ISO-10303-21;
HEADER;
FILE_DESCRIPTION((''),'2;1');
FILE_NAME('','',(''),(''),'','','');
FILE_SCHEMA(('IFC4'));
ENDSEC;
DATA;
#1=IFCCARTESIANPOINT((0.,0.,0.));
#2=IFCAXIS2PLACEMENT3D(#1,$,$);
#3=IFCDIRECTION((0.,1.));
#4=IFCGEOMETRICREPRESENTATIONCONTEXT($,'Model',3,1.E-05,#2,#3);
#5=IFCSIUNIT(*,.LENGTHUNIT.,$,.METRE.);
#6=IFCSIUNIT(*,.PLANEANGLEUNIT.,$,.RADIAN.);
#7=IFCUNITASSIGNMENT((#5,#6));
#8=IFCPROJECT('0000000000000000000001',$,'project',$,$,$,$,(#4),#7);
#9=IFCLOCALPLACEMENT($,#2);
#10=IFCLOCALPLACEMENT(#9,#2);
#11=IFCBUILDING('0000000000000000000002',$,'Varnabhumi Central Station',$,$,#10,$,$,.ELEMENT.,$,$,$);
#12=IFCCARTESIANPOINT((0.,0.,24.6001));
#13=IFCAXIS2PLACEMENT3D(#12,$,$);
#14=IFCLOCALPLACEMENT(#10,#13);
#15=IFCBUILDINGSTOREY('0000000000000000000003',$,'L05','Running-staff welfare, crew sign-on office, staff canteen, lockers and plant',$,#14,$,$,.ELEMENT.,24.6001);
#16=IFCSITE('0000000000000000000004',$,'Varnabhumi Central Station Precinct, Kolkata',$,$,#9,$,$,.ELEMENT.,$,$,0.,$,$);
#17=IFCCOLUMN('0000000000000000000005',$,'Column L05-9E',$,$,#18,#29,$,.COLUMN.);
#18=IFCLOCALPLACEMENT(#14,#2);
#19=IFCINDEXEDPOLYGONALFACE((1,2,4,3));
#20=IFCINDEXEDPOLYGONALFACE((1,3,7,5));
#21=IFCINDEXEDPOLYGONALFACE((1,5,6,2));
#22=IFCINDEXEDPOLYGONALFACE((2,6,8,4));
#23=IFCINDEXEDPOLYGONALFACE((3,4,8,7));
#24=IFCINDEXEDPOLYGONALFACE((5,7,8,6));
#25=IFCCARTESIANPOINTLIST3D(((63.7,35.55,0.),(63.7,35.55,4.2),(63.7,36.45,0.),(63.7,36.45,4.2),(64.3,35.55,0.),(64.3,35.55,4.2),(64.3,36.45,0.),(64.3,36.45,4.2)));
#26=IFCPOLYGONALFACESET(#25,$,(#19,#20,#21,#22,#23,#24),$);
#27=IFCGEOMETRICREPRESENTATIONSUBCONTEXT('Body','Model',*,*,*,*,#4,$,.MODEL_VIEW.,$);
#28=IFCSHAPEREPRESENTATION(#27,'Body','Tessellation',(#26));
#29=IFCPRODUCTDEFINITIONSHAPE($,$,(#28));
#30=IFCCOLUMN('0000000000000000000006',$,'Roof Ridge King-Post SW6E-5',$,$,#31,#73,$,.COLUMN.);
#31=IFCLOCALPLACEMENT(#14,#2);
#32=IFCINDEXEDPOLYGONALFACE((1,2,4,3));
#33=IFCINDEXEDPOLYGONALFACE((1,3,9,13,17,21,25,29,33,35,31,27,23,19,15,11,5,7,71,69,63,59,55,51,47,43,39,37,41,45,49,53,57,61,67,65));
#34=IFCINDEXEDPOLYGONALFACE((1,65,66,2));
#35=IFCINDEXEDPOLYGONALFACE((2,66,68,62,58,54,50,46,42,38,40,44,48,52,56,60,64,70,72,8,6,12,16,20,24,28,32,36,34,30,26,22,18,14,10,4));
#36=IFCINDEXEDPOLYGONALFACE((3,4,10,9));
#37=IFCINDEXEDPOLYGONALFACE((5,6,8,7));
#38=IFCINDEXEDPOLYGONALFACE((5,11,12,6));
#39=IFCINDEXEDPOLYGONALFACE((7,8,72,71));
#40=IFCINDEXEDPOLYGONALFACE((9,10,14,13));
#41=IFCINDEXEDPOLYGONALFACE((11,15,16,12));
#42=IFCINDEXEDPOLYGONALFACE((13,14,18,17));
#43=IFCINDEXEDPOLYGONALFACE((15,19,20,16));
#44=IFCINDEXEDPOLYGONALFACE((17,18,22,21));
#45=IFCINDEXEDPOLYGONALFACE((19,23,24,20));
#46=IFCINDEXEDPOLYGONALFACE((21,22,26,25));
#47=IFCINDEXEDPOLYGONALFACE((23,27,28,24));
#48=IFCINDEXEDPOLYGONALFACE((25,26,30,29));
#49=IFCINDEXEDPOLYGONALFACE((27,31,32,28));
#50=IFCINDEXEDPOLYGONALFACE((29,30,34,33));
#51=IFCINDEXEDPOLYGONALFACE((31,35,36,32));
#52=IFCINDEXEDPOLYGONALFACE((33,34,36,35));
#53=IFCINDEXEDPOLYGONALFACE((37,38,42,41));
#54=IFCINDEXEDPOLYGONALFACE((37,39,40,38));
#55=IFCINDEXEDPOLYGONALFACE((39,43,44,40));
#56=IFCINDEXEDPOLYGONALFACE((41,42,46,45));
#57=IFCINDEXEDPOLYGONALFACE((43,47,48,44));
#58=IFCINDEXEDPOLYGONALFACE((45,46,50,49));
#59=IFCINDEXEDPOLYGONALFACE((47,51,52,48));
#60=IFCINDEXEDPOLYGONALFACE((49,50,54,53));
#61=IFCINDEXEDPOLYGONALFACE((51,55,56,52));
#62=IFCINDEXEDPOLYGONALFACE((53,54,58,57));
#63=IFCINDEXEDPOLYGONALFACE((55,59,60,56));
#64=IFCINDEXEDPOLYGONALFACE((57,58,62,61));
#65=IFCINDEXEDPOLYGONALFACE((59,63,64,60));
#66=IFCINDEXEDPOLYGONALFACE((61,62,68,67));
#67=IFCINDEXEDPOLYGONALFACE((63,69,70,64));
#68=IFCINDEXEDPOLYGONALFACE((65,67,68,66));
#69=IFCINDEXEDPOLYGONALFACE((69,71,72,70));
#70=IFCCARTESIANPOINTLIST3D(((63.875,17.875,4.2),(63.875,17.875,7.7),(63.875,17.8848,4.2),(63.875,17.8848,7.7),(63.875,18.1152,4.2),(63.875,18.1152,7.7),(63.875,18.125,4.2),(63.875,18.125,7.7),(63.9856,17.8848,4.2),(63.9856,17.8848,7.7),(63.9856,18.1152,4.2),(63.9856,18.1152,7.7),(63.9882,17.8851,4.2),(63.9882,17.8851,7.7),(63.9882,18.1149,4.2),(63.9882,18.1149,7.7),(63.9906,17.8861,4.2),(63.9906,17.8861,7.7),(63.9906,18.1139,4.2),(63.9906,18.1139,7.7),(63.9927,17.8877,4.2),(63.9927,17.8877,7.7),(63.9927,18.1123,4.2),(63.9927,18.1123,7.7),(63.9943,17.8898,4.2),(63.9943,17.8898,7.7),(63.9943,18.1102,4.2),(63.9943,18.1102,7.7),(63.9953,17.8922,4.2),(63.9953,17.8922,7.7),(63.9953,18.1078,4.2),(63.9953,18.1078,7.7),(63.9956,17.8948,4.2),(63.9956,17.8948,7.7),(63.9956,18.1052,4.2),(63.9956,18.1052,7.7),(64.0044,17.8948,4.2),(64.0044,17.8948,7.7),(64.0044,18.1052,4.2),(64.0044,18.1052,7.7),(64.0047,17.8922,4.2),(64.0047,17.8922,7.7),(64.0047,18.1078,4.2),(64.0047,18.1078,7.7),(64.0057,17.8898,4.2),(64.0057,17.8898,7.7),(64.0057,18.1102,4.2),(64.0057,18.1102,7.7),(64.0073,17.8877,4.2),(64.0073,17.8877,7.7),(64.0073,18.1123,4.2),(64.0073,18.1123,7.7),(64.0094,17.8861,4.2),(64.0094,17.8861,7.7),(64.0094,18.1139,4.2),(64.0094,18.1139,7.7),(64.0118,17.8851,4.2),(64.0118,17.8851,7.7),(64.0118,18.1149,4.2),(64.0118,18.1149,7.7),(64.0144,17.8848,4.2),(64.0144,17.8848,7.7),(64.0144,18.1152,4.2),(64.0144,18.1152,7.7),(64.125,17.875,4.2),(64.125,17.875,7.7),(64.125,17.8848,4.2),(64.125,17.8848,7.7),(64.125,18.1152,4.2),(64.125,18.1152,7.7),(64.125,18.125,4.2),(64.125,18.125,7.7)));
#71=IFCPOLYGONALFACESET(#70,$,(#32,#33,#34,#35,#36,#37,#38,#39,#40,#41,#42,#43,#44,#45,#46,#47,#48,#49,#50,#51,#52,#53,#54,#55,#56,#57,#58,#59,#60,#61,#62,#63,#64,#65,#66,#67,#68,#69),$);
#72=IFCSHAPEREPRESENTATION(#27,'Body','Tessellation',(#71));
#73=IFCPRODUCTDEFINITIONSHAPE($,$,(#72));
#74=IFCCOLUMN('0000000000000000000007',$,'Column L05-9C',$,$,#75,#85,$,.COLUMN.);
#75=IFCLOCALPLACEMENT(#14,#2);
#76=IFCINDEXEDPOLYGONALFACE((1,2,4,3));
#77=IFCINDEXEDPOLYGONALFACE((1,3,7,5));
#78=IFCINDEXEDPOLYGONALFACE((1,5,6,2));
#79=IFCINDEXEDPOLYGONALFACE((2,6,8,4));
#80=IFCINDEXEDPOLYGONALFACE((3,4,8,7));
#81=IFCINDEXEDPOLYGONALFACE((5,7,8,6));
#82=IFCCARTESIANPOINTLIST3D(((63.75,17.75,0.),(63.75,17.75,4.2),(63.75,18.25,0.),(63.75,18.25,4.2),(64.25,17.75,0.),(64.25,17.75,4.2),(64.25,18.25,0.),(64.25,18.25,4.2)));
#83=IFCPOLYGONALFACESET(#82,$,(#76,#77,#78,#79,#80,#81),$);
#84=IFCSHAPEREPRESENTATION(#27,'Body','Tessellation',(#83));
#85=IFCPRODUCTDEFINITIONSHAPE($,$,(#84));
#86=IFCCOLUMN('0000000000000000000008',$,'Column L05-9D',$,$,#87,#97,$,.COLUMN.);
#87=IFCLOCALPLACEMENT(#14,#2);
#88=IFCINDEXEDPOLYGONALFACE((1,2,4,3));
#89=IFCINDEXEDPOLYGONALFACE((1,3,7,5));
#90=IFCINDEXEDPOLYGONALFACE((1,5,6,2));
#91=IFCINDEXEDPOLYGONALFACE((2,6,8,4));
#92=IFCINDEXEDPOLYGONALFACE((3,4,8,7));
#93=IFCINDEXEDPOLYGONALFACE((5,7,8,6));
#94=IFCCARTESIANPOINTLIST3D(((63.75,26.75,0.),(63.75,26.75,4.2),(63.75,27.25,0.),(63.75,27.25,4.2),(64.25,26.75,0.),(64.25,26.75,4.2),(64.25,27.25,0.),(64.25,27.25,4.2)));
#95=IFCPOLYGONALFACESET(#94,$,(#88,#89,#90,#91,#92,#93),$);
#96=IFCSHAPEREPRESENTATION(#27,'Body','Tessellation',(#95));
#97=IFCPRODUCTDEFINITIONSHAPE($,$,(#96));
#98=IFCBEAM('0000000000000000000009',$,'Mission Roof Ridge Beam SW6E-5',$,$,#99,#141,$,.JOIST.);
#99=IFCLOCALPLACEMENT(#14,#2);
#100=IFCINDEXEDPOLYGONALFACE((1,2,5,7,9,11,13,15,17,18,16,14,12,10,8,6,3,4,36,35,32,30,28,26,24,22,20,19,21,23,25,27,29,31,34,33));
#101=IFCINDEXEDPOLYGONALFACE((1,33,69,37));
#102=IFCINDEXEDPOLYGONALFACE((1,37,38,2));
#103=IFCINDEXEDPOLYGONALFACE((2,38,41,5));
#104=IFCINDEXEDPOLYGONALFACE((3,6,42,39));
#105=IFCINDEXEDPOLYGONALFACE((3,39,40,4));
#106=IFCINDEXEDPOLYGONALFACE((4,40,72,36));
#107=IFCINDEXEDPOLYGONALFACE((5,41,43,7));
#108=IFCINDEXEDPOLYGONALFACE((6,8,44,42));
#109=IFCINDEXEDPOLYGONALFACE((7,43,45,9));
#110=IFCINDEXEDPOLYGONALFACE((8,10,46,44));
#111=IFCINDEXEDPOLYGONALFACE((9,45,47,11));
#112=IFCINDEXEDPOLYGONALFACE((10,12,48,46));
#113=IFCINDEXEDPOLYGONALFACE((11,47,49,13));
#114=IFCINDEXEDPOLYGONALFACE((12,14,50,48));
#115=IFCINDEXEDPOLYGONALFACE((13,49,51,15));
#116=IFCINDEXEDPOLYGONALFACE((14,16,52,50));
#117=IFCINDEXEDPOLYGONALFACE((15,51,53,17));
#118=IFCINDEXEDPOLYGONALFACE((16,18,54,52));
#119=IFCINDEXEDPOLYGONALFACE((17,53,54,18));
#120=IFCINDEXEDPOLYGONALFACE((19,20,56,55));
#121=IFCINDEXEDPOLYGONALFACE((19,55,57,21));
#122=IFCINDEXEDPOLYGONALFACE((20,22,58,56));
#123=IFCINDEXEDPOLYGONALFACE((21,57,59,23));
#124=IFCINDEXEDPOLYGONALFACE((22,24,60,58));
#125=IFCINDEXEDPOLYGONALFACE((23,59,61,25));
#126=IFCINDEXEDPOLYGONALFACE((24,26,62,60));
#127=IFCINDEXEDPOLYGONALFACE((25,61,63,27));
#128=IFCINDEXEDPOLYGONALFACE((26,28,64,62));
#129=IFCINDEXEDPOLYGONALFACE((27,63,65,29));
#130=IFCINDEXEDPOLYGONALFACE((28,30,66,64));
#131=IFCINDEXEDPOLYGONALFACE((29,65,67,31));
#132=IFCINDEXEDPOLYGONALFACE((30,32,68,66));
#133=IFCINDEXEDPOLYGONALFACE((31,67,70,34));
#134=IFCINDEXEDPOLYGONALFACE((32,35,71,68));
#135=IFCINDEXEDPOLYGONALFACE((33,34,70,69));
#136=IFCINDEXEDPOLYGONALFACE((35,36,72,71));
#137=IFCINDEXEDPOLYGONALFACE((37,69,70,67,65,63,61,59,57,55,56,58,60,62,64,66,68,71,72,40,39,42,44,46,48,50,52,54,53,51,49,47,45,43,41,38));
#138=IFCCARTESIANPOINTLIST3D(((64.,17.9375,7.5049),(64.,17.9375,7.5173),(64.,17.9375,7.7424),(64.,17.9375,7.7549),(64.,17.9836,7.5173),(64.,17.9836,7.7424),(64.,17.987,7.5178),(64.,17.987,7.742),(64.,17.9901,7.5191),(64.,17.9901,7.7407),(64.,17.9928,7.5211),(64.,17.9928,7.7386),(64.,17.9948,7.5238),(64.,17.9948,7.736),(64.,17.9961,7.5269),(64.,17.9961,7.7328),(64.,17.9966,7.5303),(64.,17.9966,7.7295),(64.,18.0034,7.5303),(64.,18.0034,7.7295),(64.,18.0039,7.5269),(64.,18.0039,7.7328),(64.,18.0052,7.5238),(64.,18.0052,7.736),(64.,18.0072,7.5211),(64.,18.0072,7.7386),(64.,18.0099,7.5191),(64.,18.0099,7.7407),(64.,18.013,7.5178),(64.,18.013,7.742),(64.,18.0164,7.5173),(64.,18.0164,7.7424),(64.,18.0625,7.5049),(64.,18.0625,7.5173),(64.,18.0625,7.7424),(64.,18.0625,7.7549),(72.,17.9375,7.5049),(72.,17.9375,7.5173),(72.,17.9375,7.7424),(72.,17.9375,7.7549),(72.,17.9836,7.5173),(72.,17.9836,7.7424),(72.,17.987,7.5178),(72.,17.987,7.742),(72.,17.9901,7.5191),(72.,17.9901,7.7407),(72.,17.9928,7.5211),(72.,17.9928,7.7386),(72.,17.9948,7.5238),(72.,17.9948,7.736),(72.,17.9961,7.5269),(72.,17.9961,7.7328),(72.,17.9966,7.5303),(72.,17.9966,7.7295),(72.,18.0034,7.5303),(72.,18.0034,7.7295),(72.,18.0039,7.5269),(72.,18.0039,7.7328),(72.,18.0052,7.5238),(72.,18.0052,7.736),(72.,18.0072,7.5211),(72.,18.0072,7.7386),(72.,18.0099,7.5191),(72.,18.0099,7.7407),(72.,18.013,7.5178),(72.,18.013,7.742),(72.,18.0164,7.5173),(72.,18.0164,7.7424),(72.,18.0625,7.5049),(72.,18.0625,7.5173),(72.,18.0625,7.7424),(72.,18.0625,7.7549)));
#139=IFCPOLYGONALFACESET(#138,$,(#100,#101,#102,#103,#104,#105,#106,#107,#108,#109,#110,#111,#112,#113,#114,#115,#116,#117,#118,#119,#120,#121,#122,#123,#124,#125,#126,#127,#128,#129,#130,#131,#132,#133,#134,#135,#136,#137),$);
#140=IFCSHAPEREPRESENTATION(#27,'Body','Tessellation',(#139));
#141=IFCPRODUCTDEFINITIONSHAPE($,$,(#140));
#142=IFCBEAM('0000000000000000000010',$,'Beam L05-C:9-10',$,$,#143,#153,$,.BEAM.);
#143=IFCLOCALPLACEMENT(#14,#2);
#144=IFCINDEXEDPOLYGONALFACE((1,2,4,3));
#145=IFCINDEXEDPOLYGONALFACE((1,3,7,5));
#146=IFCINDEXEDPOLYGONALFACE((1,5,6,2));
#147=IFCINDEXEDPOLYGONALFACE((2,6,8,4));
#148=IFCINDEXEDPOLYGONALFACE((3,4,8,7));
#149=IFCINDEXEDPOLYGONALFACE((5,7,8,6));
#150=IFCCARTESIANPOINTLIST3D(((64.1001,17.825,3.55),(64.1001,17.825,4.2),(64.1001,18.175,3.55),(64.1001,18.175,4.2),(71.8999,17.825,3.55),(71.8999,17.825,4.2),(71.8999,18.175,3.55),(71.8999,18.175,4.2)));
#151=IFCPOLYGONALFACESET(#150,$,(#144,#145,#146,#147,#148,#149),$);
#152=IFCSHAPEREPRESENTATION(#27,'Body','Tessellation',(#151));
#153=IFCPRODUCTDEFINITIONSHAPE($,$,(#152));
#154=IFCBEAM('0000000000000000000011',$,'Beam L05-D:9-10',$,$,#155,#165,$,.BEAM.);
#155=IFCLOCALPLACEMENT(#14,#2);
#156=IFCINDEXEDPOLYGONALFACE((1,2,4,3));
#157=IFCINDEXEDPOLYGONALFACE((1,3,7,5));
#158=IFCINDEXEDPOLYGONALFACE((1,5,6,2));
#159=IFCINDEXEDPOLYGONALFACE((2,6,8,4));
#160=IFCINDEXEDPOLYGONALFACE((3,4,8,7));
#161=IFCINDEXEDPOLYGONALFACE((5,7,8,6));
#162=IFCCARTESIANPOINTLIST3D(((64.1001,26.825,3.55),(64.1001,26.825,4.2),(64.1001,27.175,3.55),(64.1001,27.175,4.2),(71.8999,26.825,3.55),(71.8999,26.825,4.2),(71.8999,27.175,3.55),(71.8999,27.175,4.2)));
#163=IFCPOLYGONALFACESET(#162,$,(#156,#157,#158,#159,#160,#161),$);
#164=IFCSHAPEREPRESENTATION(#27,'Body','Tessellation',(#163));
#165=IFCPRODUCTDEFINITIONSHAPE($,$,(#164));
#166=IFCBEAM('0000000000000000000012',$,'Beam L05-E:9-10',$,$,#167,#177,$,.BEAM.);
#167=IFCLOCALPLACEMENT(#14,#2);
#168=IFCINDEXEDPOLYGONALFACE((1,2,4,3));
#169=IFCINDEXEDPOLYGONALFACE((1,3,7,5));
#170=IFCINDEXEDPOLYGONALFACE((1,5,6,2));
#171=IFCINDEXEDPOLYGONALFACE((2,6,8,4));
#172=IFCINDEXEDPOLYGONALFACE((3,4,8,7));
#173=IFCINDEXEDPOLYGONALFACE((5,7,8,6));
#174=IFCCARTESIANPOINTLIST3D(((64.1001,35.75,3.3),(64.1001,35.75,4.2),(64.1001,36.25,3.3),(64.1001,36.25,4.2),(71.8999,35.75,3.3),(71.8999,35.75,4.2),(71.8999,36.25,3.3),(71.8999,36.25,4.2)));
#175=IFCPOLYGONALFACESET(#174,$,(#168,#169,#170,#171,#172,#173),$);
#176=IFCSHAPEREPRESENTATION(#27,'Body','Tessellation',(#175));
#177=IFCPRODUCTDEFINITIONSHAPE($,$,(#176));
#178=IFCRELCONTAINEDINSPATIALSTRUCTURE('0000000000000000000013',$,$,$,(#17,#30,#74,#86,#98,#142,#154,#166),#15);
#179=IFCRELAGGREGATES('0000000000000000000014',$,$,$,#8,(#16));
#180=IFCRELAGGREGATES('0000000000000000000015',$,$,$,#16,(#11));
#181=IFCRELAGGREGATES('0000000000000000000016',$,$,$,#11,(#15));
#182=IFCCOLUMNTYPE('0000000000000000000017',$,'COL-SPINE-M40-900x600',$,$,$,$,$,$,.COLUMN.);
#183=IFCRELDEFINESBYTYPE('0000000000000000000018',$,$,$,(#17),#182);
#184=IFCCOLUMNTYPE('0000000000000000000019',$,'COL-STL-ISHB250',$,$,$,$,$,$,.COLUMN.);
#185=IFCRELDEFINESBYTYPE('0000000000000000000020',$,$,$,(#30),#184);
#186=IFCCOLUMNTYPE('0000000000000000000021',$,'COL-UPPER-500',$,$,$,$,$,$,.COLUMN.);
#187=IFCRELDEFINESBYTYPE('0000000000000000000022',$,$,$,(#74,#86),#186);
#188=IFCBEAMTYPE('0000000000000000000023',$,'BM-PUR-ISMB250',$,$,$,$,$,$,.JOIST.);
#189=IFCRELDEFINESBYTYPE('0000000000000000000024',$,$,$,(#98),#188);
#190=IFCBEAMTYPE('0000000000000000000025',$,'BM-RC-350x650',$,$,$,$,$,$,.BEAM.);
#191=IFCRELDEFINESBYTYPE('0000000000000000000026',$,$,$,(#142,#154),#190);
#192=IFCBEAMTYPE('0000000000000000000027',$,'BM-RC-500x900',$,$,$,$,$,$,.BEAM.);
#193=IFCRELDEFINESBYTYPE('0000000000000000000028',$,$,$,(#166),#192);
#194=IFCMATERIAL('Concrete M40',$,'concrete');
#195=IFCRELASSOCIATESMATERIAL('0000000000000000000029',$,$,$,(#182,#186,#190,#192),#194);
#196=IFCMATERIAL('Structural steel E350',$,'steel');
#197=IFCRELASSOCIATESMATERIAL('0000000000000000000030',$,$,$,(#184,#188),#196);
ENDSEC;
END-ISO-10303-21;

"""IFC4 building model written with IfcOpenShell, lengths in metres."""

from ifc_helpers import new_model, si_unit, direction, frame, origin, origin_2d, place, context, subcontext, project, spatial, rectangle, i_section, extrude, material, material_profile, profile_set, type_object, element, save


model = new_model("IFC4")

# Units and contexts
model_context = context("Model", 3, precision=1e-05, world=origin(), true_north=direction((0.0, 1.0)))
body_context = subcontext(model_context, "Body", "Model", "MODEL_VIEW")
ifc_project = project(units=[si_unit("LENGTHUNIT", "METRE"), si_unit("PLANEANGLEUNIT", "RADIAN")], contexts=[model_context])

# Site, building, storey
site_placement = place(None, origin())
site = spatial("IfcSite", under=ifc_project, at=site_placement, Name="Varnabhumi Central Station Precinct, Kolkata", CompositionType="ELEMENT", RefElevation=0.0)
building_placement = place(site_placement, origin())
building = spatial("IfcBuilding", under=site, at=building_placement, Name="Varnabhumi Central Station", CompositionType="ELEMENT")
storey_placement = place(building_placement, frame((0.0, 0.0, 24.6001)))
storey = spatial("IfcBuildingStorey", under=building, at=storey_placement, Name="L05", Description="Running-staff welfare, crew sign-on office, staff canteen, lockers and plant", CompositionType="ELEMENT", Elevation=24.6001)

# Columns
ifc_material_1 = material(Name="Concrete M40", Category="concrete")
ifc_material_profile_1 = material_profile(ifc_material_1, rectangle(XDim=0.6001, YDim=0.8999, at=origin_2d()), Name="Concrete M40", Category="concrete")
ifc_profile_set_1 = profile_set([ifc_material_profile_1], Name="Concrete M40")
column_type_1 = type_object("IfcColumnType", Name="COL-SPINE-M40-900x600", PredefinedType="COLUMN", material=ifc_profile_set_1)
column_1_placement = place(storey_placement, frame((64.0, 36.0, 0.0), z_axis=(0.0, 0.0, 1.0), x_axis=(1.0, 0.0, 0.0)))
element("IfcColumn", 1, at=column_1_placement, inside=storey, type_object=column_type_1, Name="Column L05-9E", PredefinedType="COLUMN", context=body_context, shape_type="SweptSolid", body=[
    extrude(rectangle(XDim=0.6001, YDim=0.8999, at=origin_2d()), origin(), (0.0, 0.0, 1.0), 4.2),
])
ifc_material_2 = material(Name="Structural steel E350", Category="steel")
ifc_material_profile_2 = material_profile(ifc_material_2, i_section(OverallWidth=0.25, OverallDepth=0.25, WebThickness=0.0088, FlangeThickness=0.0098, FilletRadius=0.01, at=origin_2d()), Name="Structural steel E350", Category="steel")
ifc_profile_set_2 = profile_set([ifc_material_profile_2], Name="Structural steel E350")
column_type_2 = type_object("IfcColumnType", Name="COL-STL-ISHB250", PredefinedType="COLUMN", material=ifc_profile_set_2)
column_2_placement = place(storey_placement, frame((64.0, 18.0, 4.2), z_axis=(0.0, 0.0, 1.0), x_axis=(1.0, 0.0, 0.0)))
element("IfcColumn", 2, at=column_2_placement, inside=storey, type_object=column_type_2, Name="Roof Ridge King-Post SW6E-5", PredefinedType="COLUMN", context=body_context, shape_type="SweptSolid", body=[
    extrude(i_section(OverallWidth=0.25, OverallDepth=0.25, WebThickness=0.0088, FlangeThickness=0.0098, FilletRadius=0.01, at=origin_2d()), origin(), (0.0, 0.0, 1.0), 3.5),
])
ifc_material_profile_3 = material_profile(ifc_material_1, rectangle(XDim=0.5, YDim=0.5, at=origin_2d()), Name="Concrete M40", Category="concrete")
ifc_profile_set_3 = profile_set([ifc_material_profile_3], Name="Concrete M40")
column_type_3 = type_object("IfcColumnType", Name="COL-UPPER-500", PredefinedType="COLUMN", material=ifc_profile_set_3)
for number, where, z_axis, x_axis, name in (
    (3, (64.0, 18.0, 0.0), (0.0, 0.0, 1.0), (1.0, 0.0, 0.0), "Column L05-9C"),
    (4, (64.0, 27.0, 0.0), (0.0, 0.0, 1.0), (1.0, 0.0, 0.0), "Column L05-9D"),
):
    element("IfcColumn", number, at=place(storey_placement, frame(where, z_axis=z_axis, x_axis=x_axis)), inside=storey, type_object=column_type_3, Name=name, PredefinedType="COLUMN", context=body_context, shape_type="SweptSolid", body=[
        extrude(rectangle(XDim=0.5, YDim=0.5, at=origin_2d()), origin(), (0.0, 0.0, 1.0), 4.2),
    ])

# Beams
ifc_material_profile_4 = material_profile(ifc_material_2, i_section(OverallWidth=0.125, OverallDepth=0.25, WebThickness=0.0068, FlangeThickness=0.0125, FilletRadius=0.0129, at=origin_2d()), Name="Structural steel E350", Category="steel")
ifc_profile_set_4 = profile_set([ifc_material_profile_4], Name="Structural steel E350")
beam_type_1 = type_object("IfcBeamType", Name="BM-PUR-ISMB250", PredefinedType="JOIST", material=ifc_profile_set_4)
beam_1_placement = place(storey_placement, frame((64.0, 18.0, 7.6299), z_axis=(1.0, 0.0, 0.0), x_axis=(0.0, 1.0, 0.0)))
element("IfcBeam", 5, at=beam_1_placement, inside=storey, type_object=beam_type_1, Name="Mission Roof Ridge Beam SW6E-5", PredefinedType="JOIST", context=body_context, shape_type="SweptSolid", body=[
    extrude(i_section(OverallWidth=0.125, OverallDepth=0.25, WebThickness=0.0068, FlangeThickness=0.0125, FilletRadius=0.0129, at=origin_2d()), origin(), (0.0, 0.0, 1.0), 8.0),
])
ifc_material_profile_5 = material_profile(ifc_material_1, rectangle(XDim=0.3501, YDim=0.6499, at=origin_2d()), Name="Concrete M40", Category="concrete")
ifc_profile_set_5 = profile_set([ifc_material_profile_5], Name="Concrete M40")
beam_type_2 = type_object("IfcBeamType", Name="BM-RC-350x650", PredefinedType="BEAM", material=ifc_profile_set_5)
for number, where, z_axis, x_axis, name in (
    (6, (64.1001, 18.0, 3.875), (1.0, 0.0, 0.0), (0.0, 1.0, 0.0), "Beam L05-C:9-10"),
    (7, (64.1001, 27.0, 3.875), (1.0, 0.0, 0.0), (0.0, 1.0, 0.0), "Beam L05-D:9-10"),
):
    element("IfcBeam", number, at=place(storey_placement, frame(where, z_axis=z_axis, x_axis=x_axis)), inside=storey, type_object=beam_type_2, Name=name, PredefinedType="BEAM", context=body_context, shape_type="SweptSolid", body=[
        extrude(rectangle(XDim=0.3501, YDim=0.6499, at=origin_2d()), origin(), (0.0, 0.0, 1.0), 7.7998),
    ])
ifc_material_profile_6 = material_profile(ifc_material_1, rectangle(XDim=0.5, YDim=0.8999, at=origin_2d()), Name="Concrete M40", Category="concrete")
ifc_profile_set_6 = profile_set([ifc_material_profile_6], Name="Concrete M40")
beam_type_3 = type_object("IfcBeamType", Name="BM-RC-500x900", PredefinedType="BEAM", material=ifc_profile_set_6)
beam_2_placement = place(storey_placement, frame((64.1001, 36.0, 3.75), z_axis=(1.0, 0.0, 0.0), x_axis=(0.0, 1.0, 0.0)))
element("IfcBeam", 8, at=beam_2_placement, inside=storey, type_object=beam_type_3, Name="Beam L05-E:9-10", PredefinedType="BEAM", context=body_context, shape_type="SweptSolid", body=[
    extrude(rectangle(XDim=0.5, YDim=0.8999, at=origin_2d()), origin(), (0.0, 0.0, 1.0), 7.7998),
])

save(model, "model.ifc")
